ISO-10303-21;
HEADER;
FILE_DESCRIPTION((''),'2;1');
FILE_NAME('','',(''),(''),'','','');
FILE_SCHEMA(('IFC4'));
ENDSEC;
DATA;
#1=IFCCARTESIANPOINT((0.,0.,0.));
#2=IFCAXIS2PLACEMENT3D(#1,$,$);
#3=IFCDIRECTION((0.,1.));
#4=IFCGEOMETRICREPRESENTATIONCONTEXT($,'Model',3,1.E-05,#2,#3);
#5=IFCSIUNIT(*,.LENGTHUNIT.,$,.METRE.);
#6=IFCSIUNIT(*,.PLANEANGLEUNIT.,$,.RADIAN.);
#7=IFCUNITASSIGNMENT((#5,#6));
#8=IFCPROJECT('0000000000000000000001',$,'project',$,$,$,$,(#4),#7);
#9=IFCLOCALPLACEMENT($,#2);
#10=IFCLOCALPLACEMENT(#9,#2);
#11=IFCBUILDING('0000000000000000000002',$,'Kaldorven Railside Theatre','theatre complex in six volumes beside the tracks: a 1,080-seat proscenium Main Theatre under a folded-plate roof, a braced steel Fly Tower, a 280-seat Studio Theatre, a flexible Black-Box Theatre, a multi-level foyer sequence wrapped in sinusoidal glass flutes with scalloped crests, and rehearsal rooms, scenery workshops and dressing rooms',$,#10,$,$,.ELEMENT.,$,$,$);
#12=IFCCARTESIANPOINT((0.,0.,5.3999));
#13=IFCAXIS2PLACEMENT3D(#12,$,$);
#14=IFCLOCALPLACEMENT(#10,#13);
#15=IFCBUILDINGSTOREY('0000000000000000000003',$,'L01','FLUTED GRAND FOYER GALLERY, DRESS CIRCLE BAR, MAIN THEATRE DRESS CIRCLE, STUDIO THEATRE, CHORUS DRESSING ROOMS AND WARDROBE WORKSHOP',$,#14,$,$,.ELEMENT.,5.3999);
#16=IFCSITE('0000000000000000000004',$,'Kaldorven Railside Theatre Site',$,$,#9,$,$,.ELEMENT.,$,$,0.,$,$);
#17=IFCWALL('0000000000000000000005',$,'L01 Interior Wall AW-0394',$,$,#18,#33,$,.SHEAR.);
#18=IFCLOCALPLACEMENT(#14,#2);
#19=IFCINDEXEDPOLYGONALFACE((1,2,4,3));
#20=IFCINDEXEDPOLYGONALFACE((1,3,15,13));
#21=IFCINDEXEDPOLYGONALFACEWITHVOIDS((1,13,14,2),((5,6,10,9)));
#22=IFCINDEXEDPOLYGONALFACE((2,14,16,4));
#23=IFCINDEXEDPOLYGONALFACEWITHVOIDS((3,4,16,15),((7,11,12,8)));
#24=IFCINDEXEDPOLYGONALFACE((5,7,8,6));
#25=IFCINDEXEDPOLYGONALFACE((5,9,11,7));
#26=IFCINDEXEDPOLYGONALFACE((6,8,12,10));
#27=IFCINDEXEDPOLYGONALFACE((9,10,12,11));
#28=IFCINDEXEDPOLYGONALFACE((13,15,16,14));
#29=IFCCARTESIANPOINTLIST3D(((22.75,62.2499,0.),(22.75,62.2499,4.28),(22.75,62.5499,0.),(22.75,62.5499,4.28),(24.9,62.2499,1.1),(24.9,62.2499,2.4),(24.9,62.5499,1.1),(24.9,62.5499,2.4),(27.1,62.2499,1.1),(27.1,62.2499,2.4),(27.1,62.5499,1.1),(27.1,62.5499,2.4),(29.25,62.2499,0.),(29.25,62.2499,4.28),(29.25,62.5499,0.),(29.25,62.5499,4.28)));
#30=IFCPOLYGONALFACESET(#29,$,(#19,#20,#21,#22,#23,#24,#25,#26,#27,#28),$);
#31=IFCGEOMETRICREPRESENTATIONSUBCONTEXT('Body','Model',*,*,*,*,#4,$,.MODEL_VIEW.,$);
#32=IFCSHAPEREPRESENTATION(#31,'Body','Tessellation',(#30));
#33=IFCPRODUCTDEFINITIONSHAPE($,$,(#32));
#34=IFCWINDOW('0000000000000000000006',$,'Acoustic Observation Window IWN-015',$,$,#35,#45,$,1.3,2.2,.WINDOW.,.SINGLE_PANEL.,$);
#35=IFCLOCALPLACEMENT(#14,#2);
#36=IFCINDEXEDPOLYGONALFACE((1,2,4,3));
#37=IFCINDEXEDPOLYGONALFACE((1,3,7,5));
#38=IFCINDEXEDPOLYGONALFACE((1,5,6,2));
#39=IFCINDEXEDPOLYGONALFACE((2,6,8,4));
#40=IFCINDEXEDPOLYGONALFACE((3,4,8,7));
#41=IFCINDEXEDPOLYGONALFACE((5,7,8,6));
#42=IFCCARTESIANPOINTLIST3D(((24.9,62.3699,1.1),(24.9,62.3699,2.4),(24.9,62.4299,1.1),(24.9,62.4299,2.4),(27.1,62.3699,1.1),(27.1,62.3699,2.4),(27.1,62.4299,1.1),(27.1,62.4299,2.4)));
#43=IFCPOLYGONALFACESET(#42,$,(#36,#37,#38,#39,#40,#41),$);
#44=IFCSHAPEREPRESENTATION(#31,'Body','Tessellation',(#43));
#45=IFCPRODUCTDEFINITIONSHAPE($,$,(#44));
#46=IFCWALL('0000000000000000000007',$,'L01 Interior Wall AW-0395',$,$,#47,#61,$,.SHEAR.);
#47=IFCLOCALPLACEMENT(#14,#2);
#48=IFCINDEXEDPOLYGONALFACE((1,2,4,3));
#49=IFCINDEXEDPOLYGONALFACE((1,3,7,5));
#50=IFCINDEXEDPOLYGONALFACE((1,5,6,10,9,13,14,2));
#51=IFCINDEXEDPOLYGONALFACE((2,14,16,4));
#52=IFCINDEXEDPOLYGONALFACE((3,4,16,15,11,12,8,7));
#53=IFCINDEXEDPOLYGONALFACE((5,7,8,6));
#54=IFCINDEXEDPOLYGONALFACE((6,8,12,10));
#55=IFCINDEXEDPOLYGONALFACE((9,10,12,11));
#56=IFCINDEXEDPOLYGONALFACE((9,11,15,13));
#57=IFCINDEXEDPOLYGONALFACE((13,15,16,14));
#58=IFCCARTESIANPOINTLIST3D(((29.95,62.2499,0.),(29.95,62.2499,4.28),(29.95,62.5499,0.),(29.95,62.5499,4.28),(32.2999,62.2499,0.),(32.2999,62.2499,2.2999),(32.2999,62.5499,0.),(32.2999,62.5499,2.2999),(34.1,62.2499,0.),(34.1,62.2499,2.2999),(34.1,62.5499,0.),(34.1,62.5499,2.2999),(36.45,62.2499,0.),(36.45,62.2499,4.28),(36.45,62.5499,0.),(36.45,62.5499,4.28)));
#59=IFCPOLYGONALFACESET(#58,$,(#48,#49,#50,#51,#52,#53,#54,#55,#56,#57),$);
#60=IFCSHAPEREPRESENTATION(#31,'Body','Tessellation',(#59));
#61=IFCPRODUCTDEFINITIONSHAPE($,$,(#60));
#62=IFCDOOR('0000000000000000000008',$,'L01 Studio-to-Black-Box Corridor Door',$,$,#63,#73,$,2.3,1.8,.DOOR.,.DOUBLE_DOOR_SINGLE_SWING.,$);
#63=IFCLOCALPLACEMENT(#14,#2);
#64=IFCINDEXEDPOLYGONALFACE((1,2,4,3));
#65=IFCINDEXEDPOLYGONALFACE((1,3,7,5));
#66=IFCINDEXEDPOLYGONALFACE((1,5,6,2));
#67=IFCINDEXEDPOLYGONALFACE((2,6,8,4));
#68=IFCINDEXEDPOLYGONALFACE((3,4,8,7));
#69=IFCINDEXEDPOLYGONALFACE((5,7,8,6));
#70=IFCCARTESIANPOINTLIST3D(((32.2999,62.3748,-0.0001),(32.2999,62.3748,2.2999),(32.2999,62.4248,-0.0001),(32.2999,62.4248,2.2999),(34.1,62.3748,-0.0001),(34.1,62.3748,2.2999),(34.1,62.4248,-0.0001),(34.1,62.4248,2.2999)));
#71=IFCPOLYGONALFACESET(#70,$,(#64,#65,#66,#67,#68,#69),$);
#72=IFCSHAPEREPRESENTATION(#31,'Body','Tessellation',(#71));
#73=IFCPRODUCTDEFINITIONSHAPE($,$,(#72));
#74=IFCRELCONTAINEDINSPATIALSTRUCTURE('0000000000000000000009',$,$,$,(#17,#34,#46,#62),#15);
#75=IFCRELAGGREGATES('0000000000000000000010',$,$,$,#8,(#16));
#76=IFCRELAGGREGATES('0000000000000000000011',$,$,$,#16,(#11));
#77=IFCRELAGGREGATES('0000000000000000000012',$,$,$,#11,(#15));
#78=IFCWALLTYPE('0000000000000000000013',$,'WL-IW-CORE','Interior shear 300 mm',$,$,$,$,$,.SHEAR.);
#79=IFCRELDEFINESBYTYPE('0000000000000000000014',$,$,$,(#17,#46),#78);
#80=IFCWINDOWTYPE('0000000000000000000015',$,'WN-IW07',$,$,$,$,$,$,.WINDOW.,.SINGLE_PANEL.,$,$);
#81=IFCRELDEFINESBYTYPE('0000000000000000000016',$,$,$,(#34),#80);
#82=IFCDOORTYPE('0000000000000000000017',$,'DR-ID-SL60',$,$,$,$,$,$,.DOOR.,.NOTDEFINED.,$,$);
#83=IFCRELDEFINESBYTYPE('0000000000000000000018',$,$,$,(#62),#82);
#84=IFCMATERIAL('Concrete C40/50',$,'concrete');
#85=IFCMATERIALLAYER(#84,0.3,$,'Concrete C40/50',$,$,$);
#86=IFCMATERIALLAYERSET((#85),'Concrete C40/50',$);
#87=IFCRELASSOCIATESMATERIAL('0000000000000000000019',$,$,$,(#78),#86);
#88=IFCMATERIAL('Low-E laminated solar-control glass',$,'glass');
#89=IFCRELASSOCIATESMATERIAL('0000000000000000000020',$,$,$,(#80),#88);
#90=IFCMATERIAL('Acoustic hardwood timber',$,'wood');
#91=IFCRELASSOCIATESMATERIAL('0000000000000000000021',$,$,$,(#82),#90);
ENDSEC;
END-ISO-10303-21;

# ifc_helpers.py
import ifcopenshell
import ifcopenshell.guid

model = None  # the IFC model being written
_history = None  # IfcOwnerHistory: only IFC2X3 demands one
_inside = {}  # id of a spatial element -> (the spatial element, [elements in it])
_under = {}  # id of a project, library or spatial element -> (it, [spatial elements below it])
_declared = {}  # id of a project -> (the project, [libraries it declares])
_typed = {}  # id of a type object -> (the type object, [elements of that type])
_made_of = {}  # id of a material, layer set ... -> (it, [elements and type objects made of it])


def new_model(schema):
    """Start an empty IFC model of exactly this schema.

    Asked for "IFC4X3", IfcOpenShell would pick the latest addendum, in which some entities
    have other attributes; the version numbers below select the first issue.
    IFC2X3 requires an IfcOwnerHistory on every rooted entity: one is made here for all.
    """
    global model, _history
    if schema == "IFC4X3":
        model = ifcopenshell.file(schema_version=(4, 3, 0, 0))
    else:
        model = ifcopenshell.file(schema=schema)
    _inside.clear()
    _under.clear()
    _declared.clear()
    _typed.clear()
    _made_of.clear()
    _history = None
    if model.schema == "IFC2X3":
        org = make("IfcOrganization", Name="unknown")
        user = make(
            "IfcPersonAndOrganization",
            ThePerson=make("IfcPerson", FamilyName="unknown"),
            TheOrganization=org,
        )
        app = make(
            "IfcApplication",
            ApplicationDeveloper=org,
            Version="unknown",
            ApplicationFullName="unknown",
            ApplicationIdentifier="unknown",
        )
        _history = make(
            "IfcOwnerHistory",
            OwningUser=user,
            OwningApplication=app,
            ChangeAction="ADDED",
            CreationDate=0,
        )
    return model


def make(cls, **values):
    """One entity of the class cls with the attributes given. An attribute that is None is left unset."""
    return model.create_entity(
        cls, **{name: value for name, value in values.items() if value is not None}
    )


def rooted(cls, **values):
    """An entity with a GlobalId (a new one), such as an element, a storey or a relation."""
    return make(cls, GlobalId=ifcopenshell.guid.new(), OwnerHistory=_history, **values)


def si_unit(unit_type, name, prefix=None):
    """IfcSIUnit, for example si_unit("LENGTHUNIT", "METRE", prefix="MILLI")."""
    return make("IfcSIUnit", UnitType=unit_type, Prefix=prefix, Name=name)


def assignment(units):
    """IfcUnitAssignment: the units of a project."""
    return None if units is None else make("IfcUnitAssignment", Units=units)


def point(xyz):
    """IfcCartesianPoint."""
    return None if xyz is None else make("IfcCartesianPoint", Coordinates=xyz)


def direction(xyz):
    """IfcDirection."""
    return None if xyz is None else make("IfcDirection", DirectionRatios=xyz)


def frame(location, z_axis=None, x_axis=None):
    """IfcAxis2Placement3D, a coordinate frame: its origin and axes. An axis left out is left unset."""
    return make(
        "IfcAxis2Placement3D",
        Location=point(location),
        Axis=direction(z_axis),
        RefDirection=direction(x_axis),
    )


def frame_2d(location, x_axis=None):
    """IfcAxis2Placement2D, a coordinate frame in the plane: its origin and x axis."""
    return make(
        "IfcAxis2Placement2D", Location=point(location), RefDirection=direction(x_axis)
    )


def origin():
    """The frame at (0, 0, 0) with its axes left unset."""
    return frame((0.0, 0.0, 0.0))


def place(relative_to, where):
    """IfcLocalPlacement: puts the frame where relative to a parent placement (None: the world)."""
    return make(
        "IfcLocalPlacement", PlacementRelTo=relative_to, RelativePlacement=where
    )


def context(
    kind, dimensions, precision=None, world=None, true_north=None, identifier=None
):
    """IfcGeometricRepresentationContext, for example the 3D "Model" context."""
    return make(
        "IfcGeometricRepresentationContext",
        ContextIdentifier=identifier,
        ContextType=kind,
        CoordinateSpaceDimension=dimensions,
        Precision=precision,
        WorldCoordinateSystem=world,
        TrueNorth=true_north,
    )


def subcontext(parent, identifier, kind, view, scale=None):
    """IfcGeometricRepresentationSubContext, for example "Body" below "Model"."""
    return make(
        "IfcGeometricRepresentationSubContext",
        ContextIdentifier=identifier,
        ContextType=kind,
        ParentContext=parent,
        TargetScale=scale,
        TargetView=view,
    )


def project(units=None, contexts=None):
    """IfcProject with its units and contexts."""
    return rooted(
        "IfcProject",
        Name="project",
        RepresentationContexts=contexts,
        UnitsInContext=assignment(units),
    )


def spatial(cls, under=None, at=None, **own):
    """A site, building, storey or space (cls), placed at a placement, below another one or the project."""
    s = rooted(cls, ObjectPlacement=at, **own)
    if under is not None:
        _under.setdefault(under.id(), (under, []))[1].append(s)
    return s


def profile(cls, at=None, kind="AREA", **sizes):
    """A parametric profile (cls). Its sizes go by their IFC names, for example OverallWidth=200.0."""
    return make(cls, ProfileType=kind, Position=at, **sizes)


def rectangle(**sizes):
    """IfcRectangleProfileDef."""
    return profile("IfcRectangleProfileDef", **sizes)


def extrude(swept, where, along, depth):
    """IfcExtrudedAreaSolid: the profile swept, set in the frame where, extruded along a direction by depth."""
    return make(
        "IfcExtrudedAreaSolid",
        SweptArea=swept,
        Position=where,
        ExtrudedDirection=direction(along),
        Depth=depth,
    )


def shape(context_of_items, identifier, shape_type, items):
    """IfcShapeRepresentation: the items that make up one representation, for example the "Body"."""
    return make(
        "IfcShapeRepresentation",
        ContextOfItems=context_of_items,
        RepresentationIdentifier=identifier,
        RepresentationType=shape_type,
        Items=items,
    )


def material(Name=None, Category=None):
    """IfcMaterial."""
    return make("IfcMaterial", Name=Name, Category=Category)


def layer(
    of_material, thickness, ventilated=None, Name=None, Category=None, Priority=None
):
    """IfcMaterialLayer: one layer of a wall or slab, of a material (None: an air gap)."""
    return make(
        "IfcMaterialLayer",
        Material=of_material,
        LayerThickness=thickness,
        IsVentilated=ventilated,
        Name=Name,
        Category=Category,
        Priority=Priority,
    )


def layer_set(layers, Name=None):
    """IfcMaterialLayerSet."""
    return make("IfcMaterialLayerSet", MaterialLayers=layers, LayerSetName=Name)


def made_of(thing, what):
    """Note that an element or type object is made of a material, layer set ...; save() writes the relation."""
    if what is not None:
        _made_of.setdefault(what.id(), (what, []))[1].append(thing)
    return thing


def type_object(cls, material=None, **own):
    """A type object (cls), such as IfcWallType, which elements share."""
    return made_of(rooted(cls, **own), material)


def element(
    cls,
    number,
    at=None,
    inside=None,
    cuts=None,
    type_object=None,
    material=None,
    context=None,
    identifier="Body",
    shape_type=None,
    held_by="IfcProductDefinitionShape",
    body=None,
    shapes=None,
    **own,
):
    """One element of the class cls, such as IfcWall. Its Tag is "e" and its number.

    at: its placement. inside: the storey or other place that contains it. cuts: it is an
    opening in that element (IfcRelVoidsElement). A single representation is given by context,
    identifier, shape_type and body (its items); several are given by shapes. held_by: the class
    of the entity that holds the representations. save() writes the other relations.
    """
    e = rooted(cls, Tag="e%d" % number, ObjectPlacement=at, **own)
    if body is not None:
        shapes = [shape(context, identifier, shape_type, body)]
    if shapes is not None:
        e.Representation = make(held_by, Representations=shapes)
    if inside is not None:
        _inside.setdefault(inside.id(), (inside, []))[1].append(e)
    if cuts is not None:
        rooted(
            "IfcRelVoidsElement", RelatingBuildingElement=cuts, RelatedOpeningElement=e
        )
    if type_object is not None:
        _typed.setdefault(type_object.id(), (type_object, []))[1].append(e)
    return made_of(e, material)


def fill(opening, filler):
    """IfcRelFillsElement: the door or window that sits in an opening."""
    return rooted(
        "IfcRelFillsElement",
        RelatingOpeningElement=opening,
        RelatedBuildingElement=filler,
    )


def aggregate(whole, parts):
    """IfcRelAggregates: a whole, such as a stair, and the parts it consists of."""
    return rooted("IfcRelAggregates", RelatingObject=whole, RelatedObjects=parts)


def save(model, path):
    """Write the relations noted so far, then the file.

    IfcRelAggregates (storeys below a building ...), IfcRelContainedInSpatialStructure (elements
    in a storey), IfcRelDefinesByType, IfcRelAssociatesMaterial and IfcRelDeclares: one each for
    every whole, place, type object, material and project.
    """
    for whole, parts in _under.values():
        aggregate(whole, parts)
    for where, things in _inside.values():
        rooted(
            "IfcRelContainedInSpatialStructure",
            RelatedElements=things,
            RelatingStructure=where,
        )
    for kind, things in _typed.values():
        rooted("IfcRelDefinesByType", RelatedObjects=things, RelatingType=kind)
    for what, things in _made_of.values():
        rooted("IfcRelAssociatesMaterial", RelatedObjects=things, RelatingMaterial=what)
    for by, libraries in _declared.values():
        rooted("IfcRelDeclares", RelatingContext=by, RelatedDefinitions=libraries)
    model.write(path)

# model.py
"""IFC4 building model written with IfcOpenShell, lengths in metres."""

from ifc_helpers import new_model, si_unit, direction, frame, frame_2d, origin, place, context, subcontext, project, spatial, rectangle, extrude, material, layer, layer_set, type_object, element, fill, save


model = new_model("IFC4")

# Units and contexts
model_context = context("Model", 3, precision=1e-05, world=origin(), true_north=direction((0.0, 1.0)))
body_context = subcontext(model_context, "Body", "Model", "MODEL_VIEW")
ifc_project = project(units=[si_unit("LENGTHUNIT", "METRE"), si_unit("PLANEANGLEUNIT", "RADIAN")], contexts=[model_context])

# Site, building, storey
site_placement = place(None, origin())
site = spatial("IfcSite", under=ifc_project, at=site_placement, Name="Kaldorven Railside Theatre Site", CompositionType="ELEMENT", RefElevation=0.0)
building_placement = place(site_placement, origin())
building = spatial("IfcBuilding", under=site, at=building_placement, Name="Kaldorven Railside Theatre", Description="theatre complex in six volumes beside the tracks: a 1,080-seat proscenium Main Theatre under a folded-plate roof, a braced steel Fly Tower, a 280-seat Studio Theatre, a flexible Black-Box Theatre, a multi-level foyer sequence wrapped in sinusoidal glass flutes with scalloped crests, and rehearsal rooms, scenery workshops and dressing rooms", CompositionType="ELEMENT")
storey_placement = place(building_placement, frame((0.0, 0.0, 5.3999)))
storey = spatial("IfcBuildingStorey", under=building, at=storey_placement, Name="L01", Description="FLUTED GRAND FOYER GALLERY, DRESS CIRCLE BAR, MAIN THEATRE DRESS CIRCLE, STUDIO THEATRE, CHORUS DRESSING ROOMS AND WARDROBE WORKSHOP", CompositionType="ELEMENT", Elevation=5.3999)

# Shared definitions
ifc_material_1 = material(Name="Concrete C40/50", Category="concrete")

# Shared definitions
ifc_material_2 = material(Name="Low-E laminated solar-control glass", Category="glass")

# Shared definitions
ifc_material_3 = material(Name="Acoustic hardwood timber", Category="wood")

# Wall, opening, window
ifc_layer_1 = layer(ifc_material_1, 0.3, Name="Concrete C40/50")
ifc_layer_set_1 = layer_set([ifc_layer_1], Name="Concrete C40/50")
wall_type_1 = type_object("IfcWallType", Name="WL-IW-CORE", Description="Interior shear 300 mm", PredefinedType="SHEAR", material=ifc_layer_set_1)
wall_1_placement = place(storey_placement, frame((22.75, 62.3999, 0.0), z_axis=(0.0, 0.0, 1.0), x_axis=(1.0, 0.0, 0.0)))
wall_1 = element("IfcWall", 1, at=wall_1_placement, inside=storey, type_object=wall_type_1, Name="L01 Interior Wall AW-0394", PredefinedType="SHEAR", context=body_context, shape_type="SweptSolid", body=[
    extrude(rectangle(XDim=6.5, YDim=0.3, at=frame_2d((3.25, 0.0))), origin(), (0.0, 0.0, 1.0), 4.28),
])
opening_1_placement = place(wall_1_placement, frame((2.1499, 0.0, 1.1001)))
opening_1 = element("IfcOpeningElement", 2, at=opening_1_placement, cuts=wall_1, PredefinedType="OPENING", context=body_context, shape_type="SweptSolid", body=[
    extrude(rectangle(XDim=2.2, YDim=1.3, at=frame_2d((1.1001, 0.6499))), frame((0.0, 0.1602, 0.0), z_axis=(0.0, -1.0, 0.0), x_axis=(1.0, 0.0, 0.0)), (0.0, 0.0, 1.0), 0.3201),
])
window_type_1 = type_object("IfcWindowType", Name="WN-IW07", PartitioningType="SINGLE_PANEL", PredefinedType="WINDOW", material=ifc_material_2)
window_1_placement = place(opening_1_placement, origin())
window_1 = element("IfcWindow", 3, at=window_1_placement, inside=storey, type_object=window_type_1, Name="Acoustic Observation Window IWN-015", OverallHeight=1.3, OverallWidth=2.2, PartitioningType="SINGLE_PANEL", PredefinedType="WINDOW", context=body_context, shape_type="SweptSolid", body=[
    extrude(rectangle(XDim=2.2, YDim=1.3, at=frame_2d((1.1001, 0.6499))), frame((0.0, 0.03, 0.0), z_axis=(0.0, -1.0, 0.0), x_axis=(1.0, 0.0, 0.0)), (0.0, 0.0, 1.0), 0.0601),
])
fill(opening_1, window_1)

# Wall, opening, door
wall_2_placement = place(storey_placement, frame((29.95, 62.3999, 0.0), z_axis=(0.0, 0.0, 1.0), x_axis=(1.0, 0.0, 0.0)))
wall_2 = element("IfcWall", 4, at=wall_2_placement, inside=storey, type_object=wall_type_1, Name="L01 Interior Wall AW-0395", PredefinedType="SHEAR", context=body_context, shape_type="SweptSolid", body=[
    extrude(rectangle(XDim=6.5, YDim=0.3, at=frame_2d((3.25, 0.0))), origin(), (0.0, 0.0, 1.0), 4.28),
])
opening_2_placement = place(wall_2_placement, frame((2.3501, 0.0, 0.0)))
opening_2 = element("IfcOpeningElement", 5, at=opening_2_placement, cuts=wall_2, PredefinedType="OPENING", context=body_context, shape_type="SweptSolid", body=[
    extrude(rectangle(XDim=1.8, YDim=2.3, at=frame_2d((0.8999, 1.1499))), frame((0.0, 0.1602, 0.0), z_axis=(0.0, -1.0, 0.0), x_axis=(1.0, 0.0, 0.0)), (0.0, 0.0, 1.0), 0.3201),
])
door_type_1 = type_object("IfcDoorType", Name="DR-ID-SL60", OperationType="NOTDEFINED", PredefinedType="DOOR", material=ifc_material_3)
door_1_placement = place(opening_2_placement, origin())
door_1 = element("IfcDoor", 6, at=door_1_placement, inside=storey, type_object=door_type_1, Name="L01 Studio-to-Black-Box Corridor Door", OperationType="DOUBLE_DOOR_SINGLE_SWING", OverallHeight=2.3, OverallWidth=1.8, PredefinedType="DOOR", context=body_context, shape_type="SweptSolid", body=[
    extrude(rectangle(XDim=1.8, YDim=2.3, at=frame_2d((0.8999, 1.1499))), frame((0.0, 0.0249, 0.0), z_axis=(0.0, -1.0, 0.0), x_axis=(1.0, 0.0, 0.0)), (0.0, 0.0, 1.0), 0.05),
])
fill(opening_2, door_1)

save(model, "model.ifc")
